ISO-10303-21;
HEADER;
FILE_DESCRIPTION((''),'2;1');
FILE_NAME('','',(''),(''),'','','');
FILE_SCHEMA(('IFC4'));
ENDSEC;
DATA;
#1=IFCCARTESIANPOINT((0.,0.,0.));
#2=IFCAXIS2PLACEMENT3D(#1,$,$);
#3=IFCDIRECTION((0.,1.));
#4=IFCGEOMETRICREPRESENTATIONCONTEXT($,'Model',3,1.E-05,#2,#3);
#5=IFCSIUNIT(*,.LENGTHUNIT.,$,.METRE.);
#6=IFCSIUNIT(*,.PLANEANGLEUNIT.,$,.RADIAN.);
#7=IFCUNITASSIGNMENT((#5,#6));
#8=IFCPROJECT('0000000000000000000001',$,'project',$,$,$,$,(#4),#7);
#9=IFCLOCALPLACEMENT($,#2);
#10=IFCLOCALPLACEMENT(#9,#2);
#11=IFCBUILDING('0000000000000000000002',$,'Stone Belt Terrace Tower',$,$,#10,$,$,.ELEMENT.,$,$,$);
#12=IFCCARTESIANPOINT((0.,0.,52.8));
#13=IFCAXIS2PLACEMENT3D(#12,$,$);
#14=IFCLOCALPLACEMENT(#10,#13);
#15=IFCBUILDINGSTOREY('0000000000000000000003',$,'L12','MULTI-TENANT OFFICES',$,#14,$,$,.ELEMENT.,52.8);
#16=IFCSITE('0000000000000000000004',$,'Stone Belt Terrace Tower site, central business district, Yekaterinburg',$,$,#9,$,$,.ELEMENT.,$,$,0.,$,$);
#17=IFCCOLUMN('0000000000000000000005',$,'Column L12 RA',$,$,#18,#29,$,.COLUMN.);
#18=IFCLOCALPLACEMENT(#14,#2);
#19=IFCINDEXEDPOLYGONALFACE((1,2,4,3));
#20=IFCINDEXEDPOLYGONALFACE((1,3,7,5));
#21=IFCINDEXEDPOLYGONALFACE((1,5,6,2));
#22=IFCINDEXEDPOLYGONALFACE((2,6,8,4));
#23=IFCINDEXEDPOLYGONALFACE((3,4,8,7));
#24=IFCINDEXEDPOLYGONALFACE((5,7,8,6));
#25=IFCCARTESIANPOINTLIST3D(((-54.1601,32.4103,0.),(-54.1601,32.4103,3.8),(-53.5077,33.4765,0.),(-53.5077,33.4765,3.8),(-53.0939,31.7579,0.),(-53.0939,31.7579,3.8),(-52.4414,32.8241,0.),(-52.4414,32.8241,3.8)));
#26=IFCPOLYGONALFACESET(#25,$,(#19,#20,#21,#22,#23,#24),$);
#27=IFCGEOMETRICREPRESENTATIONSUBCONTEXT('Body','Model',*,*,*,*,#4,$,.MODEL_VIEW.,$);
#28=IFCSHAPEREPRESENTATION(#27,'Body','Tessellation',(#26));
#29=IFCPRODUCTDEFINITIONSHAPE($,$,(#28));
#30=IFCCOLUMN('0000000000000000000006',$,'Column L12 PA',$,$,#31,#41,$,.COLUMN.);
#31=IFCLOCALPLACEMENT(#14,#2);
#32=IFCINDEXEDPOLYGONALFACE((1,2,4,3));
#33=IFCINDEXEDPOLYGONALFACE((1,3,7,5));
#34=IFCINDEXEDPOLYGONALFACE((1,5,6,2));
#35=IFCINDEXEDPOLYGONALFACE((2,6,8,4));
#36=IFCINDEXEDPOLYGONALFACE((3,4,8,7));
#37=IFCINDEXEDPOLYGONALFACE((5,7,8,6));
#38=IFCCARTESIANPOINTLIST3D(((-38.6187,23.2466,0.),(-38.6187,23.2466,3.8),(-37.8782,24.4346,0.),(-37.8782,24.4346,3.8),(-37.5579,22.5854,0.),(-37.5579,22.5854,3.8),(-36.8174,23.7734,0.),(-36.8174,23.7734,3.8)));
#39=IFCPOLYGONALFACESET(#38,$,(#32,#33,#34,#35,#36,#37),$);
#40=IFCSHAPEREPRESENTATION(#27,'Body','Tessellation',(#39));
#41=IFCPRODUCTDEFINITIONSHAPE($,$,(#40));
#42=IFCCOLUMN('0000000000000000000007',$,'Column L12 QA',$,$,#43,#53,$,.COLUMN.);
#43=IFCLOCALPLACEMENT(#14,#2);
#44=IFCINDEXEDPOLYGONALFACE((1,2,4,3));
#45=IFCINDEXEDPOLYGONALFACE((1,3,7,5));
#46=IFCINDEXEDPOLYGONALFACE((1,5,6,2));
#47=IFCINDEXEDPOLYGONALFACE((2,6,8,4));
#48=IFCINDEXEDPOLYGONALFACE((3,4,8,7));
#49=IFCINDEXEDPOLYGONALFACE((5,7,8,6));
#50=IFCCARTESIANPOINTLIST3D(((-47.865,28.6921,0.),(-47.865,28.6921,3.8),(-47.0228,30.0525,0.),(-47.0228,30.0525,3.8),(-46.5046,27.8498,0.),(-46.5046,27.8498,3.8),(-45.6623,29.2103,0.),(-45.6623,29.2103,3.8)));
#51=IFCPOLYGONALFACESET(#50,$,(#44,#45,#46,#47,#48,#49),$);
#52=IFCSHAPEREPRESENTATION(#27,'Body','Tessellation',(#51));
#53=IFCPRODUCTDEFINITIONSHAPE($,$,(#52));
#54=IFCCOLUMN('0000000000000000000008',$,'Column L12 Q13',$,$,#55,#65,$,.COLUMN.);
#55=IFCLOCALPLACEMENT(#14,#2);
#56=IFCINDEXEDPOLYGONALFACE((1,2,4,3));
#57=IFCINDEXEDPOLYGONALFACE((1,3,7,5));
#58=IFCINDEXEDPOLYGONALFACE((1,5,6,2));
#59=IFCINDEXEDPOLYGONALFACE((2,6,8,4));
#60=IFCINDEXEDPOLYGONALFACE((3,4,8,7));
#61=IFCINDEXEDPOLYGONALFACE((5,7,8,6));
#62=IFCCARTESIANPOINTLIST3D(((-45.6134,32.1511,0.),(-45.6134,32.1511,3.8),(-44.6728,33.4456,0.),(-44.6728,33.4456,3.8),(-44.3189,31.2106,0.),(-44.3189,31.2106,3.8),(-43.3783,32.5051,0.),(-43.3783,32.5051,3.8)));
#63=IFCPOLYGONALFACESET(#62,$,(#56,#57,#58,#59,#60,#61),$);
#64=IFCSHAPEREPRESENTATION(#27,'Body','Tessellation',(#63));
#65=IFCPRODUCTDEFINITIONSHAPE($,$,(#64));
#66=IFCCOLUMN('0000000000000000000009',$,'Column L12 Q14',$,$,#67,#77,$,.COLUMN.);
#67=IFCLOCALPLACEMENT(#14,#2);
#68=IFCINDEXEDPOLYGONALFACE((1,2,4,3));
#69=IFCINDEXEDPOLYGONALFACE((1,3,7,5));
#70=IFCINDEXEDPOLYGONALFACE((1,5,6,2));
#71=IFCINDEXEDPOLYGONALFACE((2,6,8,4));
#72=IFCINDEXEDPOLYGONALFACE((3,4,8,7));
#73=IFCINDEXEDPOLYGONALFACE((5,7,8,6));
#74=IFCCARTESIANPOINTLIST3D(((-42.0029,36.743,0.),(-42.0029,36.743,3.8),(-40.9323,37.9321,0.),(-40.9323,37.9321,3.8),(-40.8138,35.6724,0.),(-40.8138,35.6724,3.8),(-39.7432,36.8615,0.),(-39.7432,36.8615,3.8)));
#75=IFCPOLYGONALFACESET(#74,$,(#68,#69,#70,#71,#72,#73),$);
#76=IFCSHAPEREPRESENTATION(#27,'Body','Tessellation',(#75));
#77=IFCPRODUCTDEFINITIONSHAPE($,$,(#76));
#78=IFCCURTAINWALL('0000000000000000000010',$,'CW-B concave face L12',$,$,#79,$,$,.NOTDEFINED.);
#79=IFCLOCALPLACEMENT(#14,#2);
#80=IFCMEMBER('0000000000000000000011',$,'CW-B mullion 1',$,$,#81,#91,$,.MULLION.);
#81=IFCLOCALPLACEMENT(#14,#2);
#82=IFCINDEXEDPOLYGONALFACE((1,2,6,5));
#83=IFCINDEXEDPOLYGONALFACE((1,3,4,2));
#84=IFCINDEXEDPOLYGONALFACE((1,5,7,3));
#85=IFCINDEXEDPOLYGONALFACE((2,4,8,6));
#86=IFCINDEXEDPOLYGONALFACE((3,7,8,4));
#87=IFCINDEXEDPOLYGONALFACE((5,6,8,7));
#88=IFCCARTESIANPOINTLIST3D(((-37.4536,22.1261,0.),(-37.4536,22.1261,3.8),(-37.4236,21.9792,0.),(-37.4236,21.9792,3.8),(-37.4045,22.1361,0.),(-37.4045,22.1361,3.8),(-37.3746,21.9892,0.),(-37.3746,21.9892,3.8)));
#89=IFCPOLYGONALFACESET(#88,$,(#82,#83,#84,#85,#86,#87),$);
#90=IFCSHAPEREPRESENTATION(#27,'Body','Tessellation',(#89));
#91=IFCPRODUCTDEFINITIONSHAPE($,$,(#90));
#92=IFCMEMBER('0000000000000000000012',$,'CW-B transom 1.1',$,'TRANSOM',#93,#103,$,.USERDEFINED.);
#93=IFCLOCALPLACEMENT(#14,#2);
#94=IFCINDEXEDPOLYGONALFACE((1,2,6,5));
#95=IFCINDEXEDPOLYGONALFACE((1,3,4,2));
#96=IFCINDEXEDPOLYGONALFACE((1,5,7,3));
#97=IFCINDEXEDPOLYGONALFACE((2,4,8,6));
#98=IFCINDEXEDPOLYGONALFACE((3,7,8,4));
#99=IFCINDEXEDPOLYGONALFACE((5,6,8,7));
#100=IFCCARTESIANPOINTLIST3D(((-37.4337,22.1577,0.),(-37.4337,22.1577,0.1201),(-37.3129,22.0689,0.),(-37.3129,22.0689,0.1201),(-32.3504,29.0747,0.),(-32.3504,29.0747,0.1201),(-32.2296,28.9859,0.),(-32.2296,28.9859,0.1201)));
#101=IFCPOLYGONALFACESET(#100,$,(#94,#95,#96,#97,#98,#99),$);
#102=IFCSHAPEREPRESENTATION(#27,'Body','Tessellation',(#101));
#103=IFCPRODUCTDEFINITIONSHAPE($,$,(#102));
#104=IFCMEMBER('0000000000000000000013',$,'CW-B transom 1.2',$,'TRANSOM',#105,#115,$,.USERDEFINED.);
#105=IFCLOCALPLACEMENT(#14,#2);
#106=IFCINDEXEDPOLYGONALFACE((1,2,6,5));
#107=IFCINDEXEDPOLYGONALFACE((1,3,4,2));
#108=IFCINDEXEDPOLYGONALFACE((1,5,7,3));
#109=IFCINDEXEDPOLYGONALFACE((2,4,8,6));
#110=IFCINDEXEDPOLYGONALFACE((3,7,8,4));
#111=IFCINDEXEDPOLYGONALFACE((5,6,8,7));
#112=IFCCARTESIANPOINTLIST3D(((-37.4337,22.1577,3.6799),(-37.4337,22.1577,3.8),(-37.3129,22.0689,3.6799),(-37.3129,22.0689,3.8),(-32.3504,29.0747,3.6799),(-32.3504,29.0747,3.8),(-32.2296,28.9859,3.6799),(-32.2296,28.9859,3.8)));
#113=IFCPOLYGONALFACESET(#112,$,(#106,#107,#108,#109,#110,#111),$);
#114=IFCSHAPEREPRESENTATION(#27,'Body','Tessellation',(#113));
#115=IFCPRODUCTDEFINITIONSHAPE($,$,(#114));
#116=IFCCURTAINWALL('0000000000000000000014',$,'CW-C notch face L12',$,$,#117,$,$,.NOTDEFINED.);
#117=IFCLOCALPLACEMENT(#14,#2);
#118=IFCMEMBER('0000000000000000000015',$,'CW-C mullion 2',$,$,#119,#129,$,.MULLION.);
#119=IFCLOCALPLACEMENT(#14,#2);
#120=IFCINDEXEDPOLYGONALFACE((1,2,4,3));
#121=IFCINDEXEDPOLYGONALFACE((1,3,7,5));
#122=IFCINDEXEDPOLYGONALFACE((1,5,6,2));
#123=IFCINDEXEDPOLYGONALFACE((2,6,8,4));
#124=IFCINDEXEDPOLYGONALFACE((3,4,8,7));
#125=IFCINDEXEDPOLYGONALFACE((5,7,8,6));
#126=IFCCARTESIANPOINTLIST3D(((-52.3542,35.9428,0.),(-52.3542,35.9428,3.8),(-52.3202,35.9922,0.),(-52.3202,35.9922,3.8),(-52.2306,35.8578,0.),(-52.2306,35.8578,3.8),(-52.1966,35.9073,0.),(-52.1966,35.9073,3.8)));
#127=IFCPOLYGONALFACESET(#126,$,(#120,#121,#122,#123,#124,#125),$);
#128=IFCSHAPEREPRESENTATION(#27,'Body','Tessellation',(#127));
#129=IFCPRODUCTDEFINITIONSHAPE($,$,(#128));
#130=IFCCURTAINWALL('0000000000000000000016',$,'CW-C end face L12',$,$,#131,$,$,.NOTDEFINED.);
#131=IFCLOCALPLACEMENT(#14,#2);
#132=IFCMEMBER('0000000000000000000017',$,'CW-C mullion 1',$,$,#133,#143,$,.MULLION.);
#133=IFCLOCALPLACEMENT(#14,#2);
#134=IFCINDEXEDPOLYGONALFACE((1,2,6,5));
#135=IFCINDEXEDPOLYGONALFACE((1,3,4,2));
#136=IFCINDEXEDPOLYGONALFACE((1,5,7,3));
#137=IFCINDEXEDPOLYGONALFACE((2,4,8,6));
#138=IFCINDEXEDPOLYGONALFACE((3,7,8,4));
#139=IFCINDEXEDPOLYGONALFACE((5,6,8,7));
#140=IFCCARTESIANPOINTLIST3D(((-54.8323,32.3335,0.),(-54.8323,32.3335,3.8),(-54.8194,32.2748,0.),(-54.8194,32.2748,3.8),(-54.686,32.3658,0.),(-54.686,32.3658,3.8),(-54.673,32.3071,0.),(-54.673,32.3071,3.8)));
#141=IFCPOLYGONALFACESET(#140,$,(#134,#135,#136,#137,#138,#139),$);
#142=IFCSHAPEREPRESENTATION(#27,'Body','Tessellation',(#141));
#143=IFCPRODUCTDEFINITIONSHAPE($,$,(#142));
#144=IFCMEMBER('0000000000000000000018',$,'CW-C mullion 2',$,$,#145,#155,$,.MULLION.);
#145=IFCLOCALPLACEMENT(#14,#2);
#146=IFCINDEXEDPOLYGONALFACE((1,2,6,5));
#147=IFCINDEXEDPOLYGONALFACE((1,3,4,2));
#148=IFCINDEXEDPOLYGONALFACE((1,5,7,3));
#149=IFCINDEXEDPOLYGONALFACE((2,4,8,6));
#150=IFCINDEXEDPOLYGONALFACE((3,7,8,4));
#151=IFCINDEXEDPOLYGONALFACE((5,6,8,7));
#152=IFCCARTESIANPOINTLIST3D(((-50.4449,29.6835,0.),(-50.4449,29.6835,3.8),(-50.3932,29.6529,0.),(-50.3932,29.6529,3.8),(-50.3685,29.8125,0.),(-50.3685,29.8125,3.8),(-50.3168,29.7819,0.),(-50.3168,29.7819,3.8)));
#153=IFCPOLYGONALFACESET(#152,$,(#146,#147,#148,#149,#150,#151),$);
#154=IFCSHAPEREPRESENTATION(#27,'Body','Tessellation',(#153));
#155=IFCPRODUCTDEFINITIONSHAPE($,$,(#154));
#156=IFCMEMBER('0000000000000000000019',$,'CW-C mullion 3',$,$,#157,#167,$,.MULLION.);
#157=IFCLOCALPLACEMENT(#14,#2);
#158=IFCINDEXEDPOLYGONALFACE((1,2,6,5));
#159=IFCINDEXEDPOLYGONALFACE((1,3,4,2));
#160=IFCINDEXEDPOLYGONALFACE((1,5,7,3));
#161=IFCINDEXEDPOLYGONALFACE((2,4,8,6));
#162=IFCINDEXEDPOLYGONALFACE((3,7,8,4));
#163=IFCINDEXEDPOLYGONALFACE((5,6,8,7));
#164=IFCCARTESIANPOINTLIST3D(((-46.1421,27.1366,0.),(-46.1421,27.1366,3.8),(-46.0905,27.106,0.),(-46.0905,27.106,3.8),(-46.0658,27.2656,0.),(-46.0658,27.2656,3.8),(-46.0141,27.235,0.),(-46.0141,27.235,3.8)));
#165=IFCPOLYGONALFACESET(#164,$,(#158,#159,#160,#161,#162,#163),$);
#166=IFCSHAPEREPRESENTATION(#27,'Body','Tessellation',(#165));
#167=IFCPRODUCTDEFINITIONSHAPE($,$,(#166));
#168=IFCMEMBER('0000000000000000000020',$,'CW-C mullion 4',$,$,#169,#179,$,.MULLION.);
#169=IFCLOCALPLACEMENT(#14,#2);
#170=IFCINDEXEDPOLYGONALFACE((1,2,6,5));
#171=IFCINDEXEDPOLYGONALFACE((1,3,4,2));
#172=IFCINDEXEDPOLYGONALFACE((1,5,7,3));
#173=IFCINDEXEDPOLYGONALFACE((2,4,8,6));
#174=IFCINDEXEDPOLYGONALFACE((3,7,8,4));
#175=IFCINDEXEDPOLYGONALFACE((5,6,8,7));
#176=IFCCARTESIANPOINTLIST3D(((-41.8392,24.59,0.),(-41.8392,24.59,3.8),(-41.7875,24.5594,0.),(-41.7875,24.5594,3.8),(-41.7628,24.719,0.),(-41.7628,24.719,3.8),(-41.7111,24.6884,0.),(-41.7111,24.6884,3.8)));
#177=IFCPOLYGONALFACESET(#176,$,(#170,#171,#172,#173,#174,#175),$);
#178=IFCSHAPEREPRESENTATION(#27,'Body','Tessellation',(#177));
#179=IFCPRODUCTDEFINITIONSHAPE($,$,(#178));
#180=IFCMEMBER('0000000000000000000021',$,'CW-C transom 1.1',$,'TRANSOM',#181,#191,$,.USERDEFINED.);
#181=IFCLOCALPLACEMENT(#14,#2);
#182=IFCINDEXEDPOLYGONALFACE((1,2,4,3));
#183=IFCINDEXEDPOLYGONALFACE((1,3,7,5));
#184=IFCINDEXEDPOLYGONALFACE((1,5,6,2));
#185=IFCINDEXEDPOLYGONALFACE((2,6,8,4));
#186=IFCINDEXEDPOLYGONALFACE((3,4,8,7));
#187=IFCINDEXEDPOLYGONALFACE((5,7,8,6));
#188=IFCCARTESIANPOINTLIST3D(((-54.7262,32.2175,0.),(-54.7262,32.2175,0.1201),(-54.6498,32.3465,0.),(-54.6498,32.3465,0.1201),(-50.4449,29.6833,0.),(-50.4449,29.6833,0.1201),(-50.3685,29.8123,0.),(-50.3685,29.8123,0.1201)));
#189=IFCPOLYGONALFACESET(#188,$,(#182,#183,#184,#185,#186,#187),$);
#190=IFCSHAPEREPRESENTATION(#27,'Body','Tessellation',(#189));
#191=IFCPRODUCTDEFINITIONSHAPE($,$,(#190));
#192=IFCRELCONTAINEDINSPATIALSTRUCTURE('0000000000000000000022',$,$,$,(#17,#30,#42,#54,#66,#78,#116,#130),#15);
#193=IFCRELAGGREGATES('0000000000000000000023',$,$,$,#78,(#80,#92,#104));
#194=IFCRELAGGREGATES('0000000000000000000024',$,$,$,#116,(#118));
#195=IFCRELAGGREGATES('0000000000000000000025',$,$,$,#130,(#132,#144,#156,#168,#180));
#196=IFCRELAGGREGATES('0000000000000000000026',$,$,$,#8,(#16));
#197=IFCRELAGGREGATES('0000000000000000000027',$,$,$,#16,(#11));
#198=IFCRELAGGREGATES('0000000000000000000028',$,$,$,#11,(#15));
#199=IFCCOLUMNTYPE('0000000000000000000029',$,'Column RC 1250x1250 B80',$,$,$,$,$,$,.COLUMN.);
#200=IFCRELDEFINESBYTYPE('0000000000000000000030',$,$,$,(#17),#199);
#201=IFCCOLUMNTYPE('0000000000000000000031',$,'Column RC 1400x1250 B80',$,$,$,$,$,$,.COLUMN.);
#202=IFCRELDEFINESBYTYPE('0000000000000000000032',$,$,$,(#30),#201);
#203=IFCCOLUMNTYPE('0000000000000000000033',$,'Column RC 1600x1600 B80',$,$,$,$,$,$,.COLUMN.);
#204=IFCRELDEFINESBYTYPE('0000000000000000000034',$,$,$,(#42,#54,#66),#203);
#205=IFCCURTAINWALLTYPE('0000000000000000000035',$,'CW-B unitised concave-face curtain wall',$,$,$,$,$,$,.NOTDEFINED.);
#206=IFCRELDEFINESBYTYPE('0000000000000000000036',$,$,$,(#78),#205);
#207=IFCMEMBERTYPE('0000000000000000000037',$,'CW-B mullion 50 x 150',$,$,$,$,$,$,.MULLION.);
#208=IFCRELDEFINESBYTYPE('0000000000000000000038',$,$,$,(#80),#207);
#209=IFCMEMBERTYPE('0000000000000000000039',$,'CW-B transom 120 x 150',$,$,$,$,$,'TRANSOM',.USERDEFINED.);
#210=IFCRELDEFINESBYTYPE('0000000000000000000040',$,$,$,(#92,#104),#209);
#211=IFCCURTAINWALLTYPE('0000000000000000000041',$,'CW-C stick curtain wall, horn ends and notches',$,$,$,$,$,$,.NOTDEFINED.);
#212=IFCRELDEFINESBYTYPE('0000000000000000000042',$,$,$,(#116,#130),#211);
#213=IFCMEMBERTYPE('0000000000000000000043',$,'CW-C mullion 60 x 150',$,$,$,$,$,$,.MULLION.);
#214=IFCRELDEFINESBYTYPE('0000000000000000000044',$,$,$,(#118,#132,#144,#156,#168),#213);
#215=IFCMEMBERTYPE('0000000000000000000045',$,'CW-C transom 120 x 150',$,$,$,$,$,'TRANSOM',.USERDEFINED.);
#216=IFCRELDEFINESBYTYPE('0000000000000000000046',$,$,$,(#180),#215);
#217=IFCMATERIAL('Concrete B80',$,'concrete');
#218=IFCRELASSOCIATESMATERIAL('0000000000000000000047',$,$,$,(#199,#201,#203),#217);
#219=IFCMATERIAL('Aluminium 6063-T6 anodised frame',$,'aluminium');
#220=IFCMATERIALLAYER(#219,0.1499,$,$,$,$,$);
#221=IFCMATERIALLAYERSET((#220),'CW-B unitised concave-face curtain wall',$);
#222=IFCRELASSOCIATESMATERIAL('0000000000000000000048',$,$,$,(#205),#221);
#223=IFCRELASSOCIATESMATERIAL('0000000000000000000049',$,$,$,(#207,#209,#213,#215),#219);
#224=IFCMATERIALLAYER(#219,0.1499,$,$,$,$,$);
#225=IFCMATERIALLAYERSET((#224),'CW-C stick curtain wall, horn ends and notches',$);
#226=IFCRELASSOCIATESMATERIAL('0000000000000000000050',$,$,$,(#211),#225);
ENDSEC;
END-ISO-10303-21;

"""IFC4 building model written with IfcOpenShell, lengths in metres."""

from ifc_helpers import new_model, si_unit, direction, frame, origin, origin_2d, place, context, subcontext, project, spatial, rectangle, extrude, material, layer, layer_set, material_profile, profile_set, type_object, element, aggregate, save


model = new_model("IFC4")

# Units and contexts
model_context = context("Model", 3, precision=1e-05, world=origin(), true_north=direction((0.0, 1.0)))
body_context = subcontext(model_context, "Body", "Model", "MODEL_VIEW")
ifc_project = project(units=[si_unit("LENGTHUNIT", "METRE"), si_unit("PLANEANGLEUNIT", "RADIAN")], contexts=[model_context])

# Site, building, storey
site_placement = place(None, origin())
site = spatial("IfcSite", under=ifc_project, at=site_placement, Name="Stone Belt Terrace Tower site, central business district, Yekaterinburg", CompositionType="ELEMENT", RefElevation=0.0)
building_placement = place(site_placement, origin())
building = spatial("IfcBuilding", under=site, at=building_placement, Name="Stone Belt Terrace Tower", CompositionType="ELEMENT")
storey_placement = place(building_placement, frame((0.0, 0.0, 52.8)))
storey = spatial("IfcBuildingStorey", under=building, at=storey_placement, Name="L12", Description="MULTI-TENANT OFFICES", CompositionType="ELEMENT", Elevation=52.8)

# Columns
ifc_material_1 = material(Name="Concrete B80", Category="concrete")
ifc_material_profile_1 = material_profile(ifc_material_1, rectangle(XDim=1.25, YDim=1.25, at=origin_2d()), Name="RC 1250x1250")
ifc_profile_set_1 = profile_set([ifc_material_profile_1], Name="Concrete B80")
column_type_1 = type_object("IfcColumnType", Name="Column RC 1250x1250 B80", PredefinedType="COLUMN", material=ifc_profile_set_1)
column_1_placement = place(storey_placement, frame((-53.3008, 32.6172, 0.0), z_axis=(0.0, 0.0, 1.0), x_axis=(0.521967, 0.852966, 0.0)))
element("IfcColumn", 1, at=column_1_placement, inside=storey, type_object=column_type_1, Name="Column L12 RA", PredefinedType="COLUMN", context=body_context, shape_type="SweptSolid", body=[
    extrude(rectangle(XDim=1.25, YDim=1.25, at=origin_2d()), origin(), (0.0, 0.0, 1.0), 3.8),
])
ifc_material_profile_2 = material_profile(ifc_material_1, rectangle(XDim=1.3999, YDim=1.25, at=origin_2d()), Name="RC 1400x1250")
ifc_profile_set_2 = profile_set([ifc_material_profile_2], Name="Concrete B80")
column_type_2 = type_object("IfcColumnType", Name="Column RC 1400x1250 B80", PredefinedType="COLUMN", material=ifc_profile_set_2)
column_2_placement = place(storey_placement, frame((-37.718, 23.51, 0.0), z_axis=(0.0, 0.0, 1.0), x_axis=(0.528967, 0.848642, 0.0)))
element("IfcColumn", 2, at=column_2_placement, inside=storey, type_object=column_type_2, Name="Column L12 PA", PredefinedType="COLUMN", context=body_context, shape_type="SweptSolid", body=[
    extrude(rectangle(XDim=1.3999, YDim=1.25, at=origin_2d()), origin(), (0.0, 0.0, 1.0), 3.8),
])
ifc_material_profile_3 = material_profile(ifc_material_1, rectangle(XDim=1.6001, YDim=1.6001, at=origin_2d()), Name="RC 1600x1600")
ifc_profile_set_3 = profile_set([ifc_material_profile_3], Name="Concrete B80")
column_type_3 = type_object("IfcColumnType", Name="Column RC 1600x1600 B80", PredefinedType="COLUMN", material=ifc_profile_set_3)
for number, where, z_axis, x_axis, name in (
    (3, (-46.7637, 28.9512, 0.0), (0.0, 0.0, 1.0), (0.526383, 0.850248, 0.0), "Column L12 QA"),
    (4, (-44.4958, 32.3281, 0.0), (0.0, 0.0, 1.0), (0.587785, 0.809017, 0.0), "Column L12 Q13"),
    (5, (-40.873, 36.8022, 0.0), (0.0, 0.0, 1.0), (0.669131, 0.743145, 0.0), "Column L12 Q14"),
):
    element("IfcColumn", number, at=place(storey_placement, frame(where, z_axis=z_axis, x_axis=x_axis)), inside=storey, type_object=column_type_3, Name=name, PredefinedType="COLUMN", context=body_context, shape_type="SweptSolid", body=[
        extrude(rectangle(XDim=1.6001, YDim=1.6001, at=origin_2d()), origin(), (0.0, 0.0, 1.0), 3.8),
    ])

# Curtain wall, members
ifc_material_2 = material(Name="Aluminium 6063-T6 anodised frame", Category="aluminium")
ifc_layer_1 = layer(ifc_material_2, 0.1499)
ifc_layer_set_1 = layer_set([ifc_layer_1], Name="CW-B unitised concave-face curtain wall")
curtain_wall_type_1 = type_object("IfcCurtainWallType", Name="CW-B unitised concave-face curtain wall", PredefinedType="NOTDEFINED", material=ifc_layer_set_1)
curtain_wall_1_placement = place(storey_placement, origin())
curtain_wall_1 = element("IfcCurtainWall", 6, at=curtain_wall_1_placement, inside=storey, type_object=curtain_wall_type_1, Name="CW-B concave face L12", PredefinedType="NOTDEFINED")
ifc_material_profile_4 = material_profile(ifc_material_2, rectangle(XDim=0.1499, YDim=0.05, at=origin_2d()), Name="Aluminium 6063-T6 50x150")
ifc_profile_set_4 = profile_set([ifc_material_profile_4], Name="Aluminium 6063-T6 anodised frame")
member_type_1 = type_object("IfcMemberType", Name="CW-B mullion 50 x 150", PredefinedType="MULLION", material=ifc_profile_set_4)
member_1_placement = place(storey_placement, frame((-37.4141, 22.0576, 0.0), z_axis=(0.0, 0.0, 1.0), x_axis=(-0.199957, 0.979805, 0.0)))
member_1 = element("IfcMember", 7, at=member_1_placement, type_object=member_type_1, Name="CW-B mullion 1", PredefinedType="MULLION", context=body_context, shape_type="SweptSolid", body=[
    extrude(rectangle(XDim=0.1499, YDim=0.05, at=origin_2d()), origin(), (0.0, 0.0, 1.0), 3.8),
])
ifc_material_profile_5 = material_profile(ifc_material_2, rectangle(XDim=0.1499, YDim=0.1201, at=origin_2d()), Name="Aluminium 6063-T6 150x120")
ifc_profile_set_5 = profile_set([ifc_material_profile_5], Name="Aluminium 6063-T6 anodised frame")
member_type_2 = type_object("IfcMemberType", Name="CW-B transom 120 x 150", ElementType="TRANSOM", PredefinedType="USERDEFINED", material=ifc_profile_set_5)
member_2_placement = place(storey_placement, frame((-37.3733, 22.1133, 0.0601), z_axis=(0.592181, 0.805805, 0.0), x_axis=(-0.805805, 0.592181, 0.0)))
member_2 = element("IfcMember", 8, at=member_2_placement, type_object=member_type_2, Name="CW-B transom 1.1", ObjectType="TRANSOM", PredefinedType="USERDEFINED", context=body_context, shape_type="SweptSolid", body=[
    extrude(rectangle(XDim=0.1499, YDim=0.1201, at=origin_2d()), origin(), (0.0, 0.0, 1.0), 8.584),
])
member_3_placement = place(storey_placement, frame((-37.3733, 22.1133, 3.74), z_axis=(0.592181, 0.805805, 0.0), x_axis=(-0.805805, 0.592181, 0.0)))
member_3 = element("IfcMember", 9, at=member_3_placement, type_object=member_type_2, Name="CW-B transom 1.2", ObjectType="TRANSOM", PredefinedType="USERDEFINED", context=body_context, shape_type="SweptSolid", body=[
    extrude(rectangle(XDim=0.1499, YDim=0.1201, at=origin_2d()), origin(), (0.0, 0.0, 1.0), 8.584),
])

# Curtain wall, member
ifc_layer_2 = layer(ifc_material_2, 0.1499)
ifc_layer_set_2 = layer_set([ifc_layer_2], Name="CW-C stick curtain wall, horn ends and notches")
curtain_wall_type_2 = type_object("IfcCurtainWallType", Name="CW-C stick curtain wall, horn ends and notches", PredefinedType="NOTDEFINED", material=ifc_layer_set_2)
curtain_wall_2_placement = place(storey_placement, origin())
curtain_wall_2 = element("IfcCurtainWall", 10, at=curtain_wall_2_placement, inside=storey, type_object=curtain_wall_type_2, Name="CW-C notch face L12", PredefinedType="NOTDEFINED")
ifc_material_profile_6 = material_profile(ifc_material_2, rectangle(XDim=0.1499, YDim=0.0601, at=origin_2d()), Name="Aluminium 6063-T6 60x150")
ifc_profile_set_6 = profile_set([ifc_material_profile_6], Name="Aluminium 6063-T6 anodised frame")
member_type_3 = type_object("IfcMemberType", Name="CW-C mullion 60 x 150", PredefinedType="MULLION", material=ifc_profile_set_6)
member_4_placement = place(storey_placement, frame((-52.2754, 35.925, 0.0), z_axis=(0.0, 0.0, 1.0), x_axis=(0.824147, -0.566376, 0.0)))
member_4 = element("IfcMember", 11, at=member_4_placement, type_object=member_type_3, Name="CW-C mullion 2", PredefinedType="MULLION", context=body_context, shape_type="SweptSolid", body=[
    extrude(rectangle(XDim=0.1499, YDim=0.0601, at=origin_2d()), origin(), (0.0, 0.0, 1.0), 3.8),
])

# Curtain wall, members
curtain_wall_3_placement = place(storey_placement, origin())
curtain_wall_3 = element("IfcCurtainWall", 12, at=curtain_wall_3_placement, inside=storey, type_object=curtain_wall_type_2, Name="CW-C end face L12", PredefinedType="NOTDEFINED")
member_5_placement = place(storey_placement, frame((-54.7527, 32.3203, 0.0), z_axis=(0.0, 0.0, 1.0), x_axis=(0.97652, 0.215429, 0.0)))
member_5 = element("IfcMember", 13, at=member_5_placement, type_object=member_type_3, Name="CW-C mullion 1", PredefinedType="MULLION", context=body_context, shape_type="SweptSolid", body=[
    extrude(rectangle(XDim=0.1499, YDim=0.0601, at=origin_2d()), origin(), (0.0, 0.0, 1.0), 3.8),
])
member_6_placement = place(storey_placement, frame((-50.3809, 29.7327, 0.0), z_axis=(0.0, 0.0, 1.0), x_axis=(0.509353, 0.860558, 0.0)))
member_6 = element("IfcMember", 14, at=member_6_placement, type_object=member_type_3, Name="CW-C mullion 2", PredefinedType="MULLION", context=body_context, shape_type="SweptSolid", body=[
    extrude(rectangle(XDim=0.1499, YDim=0.0601, at=origin_2d()), origin(), (0.0, 0.0, 1.0), 3.8),
])
member_7_placement = place(storey_placement, frame((-46.0781, 27.1858, 0.0), z_axis=(0.0, 0.0, 1.0), x_axis=(0.509353, 0.860558, 0.0)))
member_7 = element("IfcMember", 15, at=member_7_placement, type_object=member_type_3, Name="CW-C mullion 3", PredefinedType="MULLION", context=body_context, shape_type="SweptSolid", body=[
    extrude(rectangle(XDim=0.1499, YDim=0.0601, at=origin_2d()), origin(), (0.0, 0.0, 1.0), 3.8),
])
member_8_placement = place(storey_placement, frame((-41.7751, 24.6392, 0.0), z_axis=(0.0, 0.0, 1.0), x_axis=(0.509353, 0.860558, 0.0)))
member_8 = element("IfcMember", 16, at=member_8_placement, type_object=member_type_3, Name="CW-C mullion 4", PredefinedType="MULLION", context=body_context, shape_type="SweptSolid", body=[
    extrude(rectangle(XDim=0.1499, YDim=0.0601, at=origin_2d()), origin(), (0.0, 0.0, 1.0), 3.8),
])
ifc_material_profile_7 = material_profile(ifc_material_2, rectangle(XDim=0.1499, YDim=0.1201, at=origin_2d()), Name="Aluminium 6063-T6 150x120")
ifc_profile_set_7 = profile_set([ifc_material_profile_7], Name="Aluminium 6063-T6 anodised frame")
member_type_4 = type_object("IfcMemberType", Name="CW-C transom 120 x 150", ElementType="TRANSOM", PredefinedType="USERDEFINED", material=ifc_profile_set_7)
member_9_placement = place(storey_placement, frame((-54.688, 32.282, 0.0601), z_axis=(0.860543, -0.509377, 0.0), x_axis=(0.509377, 0.860543, 0.0)))
member_9 = element("IfcMember", 17, at=member_9_placement, type_object=member_type_4, Name="CW-C transom 1.1", ObjectType="TRANSOM", PredefinedType="USERDEFINED", context=body_context, shape_type="SweptSolid", body=[
    extrude(rectangle(XDim=0.1499, YDim=0.1201, at=origin_2d()), origin(), (0.0, 0.0, 1.0), 4.9751),
])

aggregate(curtain_wall_1, [member_1, member_2, member_3])
aggregate(curtain_wall_2, [member_4])
aggregate(curtain_wall_3, [member_5, member_6, member_7, member_8, member_9])

save(model, "model.ifc")
